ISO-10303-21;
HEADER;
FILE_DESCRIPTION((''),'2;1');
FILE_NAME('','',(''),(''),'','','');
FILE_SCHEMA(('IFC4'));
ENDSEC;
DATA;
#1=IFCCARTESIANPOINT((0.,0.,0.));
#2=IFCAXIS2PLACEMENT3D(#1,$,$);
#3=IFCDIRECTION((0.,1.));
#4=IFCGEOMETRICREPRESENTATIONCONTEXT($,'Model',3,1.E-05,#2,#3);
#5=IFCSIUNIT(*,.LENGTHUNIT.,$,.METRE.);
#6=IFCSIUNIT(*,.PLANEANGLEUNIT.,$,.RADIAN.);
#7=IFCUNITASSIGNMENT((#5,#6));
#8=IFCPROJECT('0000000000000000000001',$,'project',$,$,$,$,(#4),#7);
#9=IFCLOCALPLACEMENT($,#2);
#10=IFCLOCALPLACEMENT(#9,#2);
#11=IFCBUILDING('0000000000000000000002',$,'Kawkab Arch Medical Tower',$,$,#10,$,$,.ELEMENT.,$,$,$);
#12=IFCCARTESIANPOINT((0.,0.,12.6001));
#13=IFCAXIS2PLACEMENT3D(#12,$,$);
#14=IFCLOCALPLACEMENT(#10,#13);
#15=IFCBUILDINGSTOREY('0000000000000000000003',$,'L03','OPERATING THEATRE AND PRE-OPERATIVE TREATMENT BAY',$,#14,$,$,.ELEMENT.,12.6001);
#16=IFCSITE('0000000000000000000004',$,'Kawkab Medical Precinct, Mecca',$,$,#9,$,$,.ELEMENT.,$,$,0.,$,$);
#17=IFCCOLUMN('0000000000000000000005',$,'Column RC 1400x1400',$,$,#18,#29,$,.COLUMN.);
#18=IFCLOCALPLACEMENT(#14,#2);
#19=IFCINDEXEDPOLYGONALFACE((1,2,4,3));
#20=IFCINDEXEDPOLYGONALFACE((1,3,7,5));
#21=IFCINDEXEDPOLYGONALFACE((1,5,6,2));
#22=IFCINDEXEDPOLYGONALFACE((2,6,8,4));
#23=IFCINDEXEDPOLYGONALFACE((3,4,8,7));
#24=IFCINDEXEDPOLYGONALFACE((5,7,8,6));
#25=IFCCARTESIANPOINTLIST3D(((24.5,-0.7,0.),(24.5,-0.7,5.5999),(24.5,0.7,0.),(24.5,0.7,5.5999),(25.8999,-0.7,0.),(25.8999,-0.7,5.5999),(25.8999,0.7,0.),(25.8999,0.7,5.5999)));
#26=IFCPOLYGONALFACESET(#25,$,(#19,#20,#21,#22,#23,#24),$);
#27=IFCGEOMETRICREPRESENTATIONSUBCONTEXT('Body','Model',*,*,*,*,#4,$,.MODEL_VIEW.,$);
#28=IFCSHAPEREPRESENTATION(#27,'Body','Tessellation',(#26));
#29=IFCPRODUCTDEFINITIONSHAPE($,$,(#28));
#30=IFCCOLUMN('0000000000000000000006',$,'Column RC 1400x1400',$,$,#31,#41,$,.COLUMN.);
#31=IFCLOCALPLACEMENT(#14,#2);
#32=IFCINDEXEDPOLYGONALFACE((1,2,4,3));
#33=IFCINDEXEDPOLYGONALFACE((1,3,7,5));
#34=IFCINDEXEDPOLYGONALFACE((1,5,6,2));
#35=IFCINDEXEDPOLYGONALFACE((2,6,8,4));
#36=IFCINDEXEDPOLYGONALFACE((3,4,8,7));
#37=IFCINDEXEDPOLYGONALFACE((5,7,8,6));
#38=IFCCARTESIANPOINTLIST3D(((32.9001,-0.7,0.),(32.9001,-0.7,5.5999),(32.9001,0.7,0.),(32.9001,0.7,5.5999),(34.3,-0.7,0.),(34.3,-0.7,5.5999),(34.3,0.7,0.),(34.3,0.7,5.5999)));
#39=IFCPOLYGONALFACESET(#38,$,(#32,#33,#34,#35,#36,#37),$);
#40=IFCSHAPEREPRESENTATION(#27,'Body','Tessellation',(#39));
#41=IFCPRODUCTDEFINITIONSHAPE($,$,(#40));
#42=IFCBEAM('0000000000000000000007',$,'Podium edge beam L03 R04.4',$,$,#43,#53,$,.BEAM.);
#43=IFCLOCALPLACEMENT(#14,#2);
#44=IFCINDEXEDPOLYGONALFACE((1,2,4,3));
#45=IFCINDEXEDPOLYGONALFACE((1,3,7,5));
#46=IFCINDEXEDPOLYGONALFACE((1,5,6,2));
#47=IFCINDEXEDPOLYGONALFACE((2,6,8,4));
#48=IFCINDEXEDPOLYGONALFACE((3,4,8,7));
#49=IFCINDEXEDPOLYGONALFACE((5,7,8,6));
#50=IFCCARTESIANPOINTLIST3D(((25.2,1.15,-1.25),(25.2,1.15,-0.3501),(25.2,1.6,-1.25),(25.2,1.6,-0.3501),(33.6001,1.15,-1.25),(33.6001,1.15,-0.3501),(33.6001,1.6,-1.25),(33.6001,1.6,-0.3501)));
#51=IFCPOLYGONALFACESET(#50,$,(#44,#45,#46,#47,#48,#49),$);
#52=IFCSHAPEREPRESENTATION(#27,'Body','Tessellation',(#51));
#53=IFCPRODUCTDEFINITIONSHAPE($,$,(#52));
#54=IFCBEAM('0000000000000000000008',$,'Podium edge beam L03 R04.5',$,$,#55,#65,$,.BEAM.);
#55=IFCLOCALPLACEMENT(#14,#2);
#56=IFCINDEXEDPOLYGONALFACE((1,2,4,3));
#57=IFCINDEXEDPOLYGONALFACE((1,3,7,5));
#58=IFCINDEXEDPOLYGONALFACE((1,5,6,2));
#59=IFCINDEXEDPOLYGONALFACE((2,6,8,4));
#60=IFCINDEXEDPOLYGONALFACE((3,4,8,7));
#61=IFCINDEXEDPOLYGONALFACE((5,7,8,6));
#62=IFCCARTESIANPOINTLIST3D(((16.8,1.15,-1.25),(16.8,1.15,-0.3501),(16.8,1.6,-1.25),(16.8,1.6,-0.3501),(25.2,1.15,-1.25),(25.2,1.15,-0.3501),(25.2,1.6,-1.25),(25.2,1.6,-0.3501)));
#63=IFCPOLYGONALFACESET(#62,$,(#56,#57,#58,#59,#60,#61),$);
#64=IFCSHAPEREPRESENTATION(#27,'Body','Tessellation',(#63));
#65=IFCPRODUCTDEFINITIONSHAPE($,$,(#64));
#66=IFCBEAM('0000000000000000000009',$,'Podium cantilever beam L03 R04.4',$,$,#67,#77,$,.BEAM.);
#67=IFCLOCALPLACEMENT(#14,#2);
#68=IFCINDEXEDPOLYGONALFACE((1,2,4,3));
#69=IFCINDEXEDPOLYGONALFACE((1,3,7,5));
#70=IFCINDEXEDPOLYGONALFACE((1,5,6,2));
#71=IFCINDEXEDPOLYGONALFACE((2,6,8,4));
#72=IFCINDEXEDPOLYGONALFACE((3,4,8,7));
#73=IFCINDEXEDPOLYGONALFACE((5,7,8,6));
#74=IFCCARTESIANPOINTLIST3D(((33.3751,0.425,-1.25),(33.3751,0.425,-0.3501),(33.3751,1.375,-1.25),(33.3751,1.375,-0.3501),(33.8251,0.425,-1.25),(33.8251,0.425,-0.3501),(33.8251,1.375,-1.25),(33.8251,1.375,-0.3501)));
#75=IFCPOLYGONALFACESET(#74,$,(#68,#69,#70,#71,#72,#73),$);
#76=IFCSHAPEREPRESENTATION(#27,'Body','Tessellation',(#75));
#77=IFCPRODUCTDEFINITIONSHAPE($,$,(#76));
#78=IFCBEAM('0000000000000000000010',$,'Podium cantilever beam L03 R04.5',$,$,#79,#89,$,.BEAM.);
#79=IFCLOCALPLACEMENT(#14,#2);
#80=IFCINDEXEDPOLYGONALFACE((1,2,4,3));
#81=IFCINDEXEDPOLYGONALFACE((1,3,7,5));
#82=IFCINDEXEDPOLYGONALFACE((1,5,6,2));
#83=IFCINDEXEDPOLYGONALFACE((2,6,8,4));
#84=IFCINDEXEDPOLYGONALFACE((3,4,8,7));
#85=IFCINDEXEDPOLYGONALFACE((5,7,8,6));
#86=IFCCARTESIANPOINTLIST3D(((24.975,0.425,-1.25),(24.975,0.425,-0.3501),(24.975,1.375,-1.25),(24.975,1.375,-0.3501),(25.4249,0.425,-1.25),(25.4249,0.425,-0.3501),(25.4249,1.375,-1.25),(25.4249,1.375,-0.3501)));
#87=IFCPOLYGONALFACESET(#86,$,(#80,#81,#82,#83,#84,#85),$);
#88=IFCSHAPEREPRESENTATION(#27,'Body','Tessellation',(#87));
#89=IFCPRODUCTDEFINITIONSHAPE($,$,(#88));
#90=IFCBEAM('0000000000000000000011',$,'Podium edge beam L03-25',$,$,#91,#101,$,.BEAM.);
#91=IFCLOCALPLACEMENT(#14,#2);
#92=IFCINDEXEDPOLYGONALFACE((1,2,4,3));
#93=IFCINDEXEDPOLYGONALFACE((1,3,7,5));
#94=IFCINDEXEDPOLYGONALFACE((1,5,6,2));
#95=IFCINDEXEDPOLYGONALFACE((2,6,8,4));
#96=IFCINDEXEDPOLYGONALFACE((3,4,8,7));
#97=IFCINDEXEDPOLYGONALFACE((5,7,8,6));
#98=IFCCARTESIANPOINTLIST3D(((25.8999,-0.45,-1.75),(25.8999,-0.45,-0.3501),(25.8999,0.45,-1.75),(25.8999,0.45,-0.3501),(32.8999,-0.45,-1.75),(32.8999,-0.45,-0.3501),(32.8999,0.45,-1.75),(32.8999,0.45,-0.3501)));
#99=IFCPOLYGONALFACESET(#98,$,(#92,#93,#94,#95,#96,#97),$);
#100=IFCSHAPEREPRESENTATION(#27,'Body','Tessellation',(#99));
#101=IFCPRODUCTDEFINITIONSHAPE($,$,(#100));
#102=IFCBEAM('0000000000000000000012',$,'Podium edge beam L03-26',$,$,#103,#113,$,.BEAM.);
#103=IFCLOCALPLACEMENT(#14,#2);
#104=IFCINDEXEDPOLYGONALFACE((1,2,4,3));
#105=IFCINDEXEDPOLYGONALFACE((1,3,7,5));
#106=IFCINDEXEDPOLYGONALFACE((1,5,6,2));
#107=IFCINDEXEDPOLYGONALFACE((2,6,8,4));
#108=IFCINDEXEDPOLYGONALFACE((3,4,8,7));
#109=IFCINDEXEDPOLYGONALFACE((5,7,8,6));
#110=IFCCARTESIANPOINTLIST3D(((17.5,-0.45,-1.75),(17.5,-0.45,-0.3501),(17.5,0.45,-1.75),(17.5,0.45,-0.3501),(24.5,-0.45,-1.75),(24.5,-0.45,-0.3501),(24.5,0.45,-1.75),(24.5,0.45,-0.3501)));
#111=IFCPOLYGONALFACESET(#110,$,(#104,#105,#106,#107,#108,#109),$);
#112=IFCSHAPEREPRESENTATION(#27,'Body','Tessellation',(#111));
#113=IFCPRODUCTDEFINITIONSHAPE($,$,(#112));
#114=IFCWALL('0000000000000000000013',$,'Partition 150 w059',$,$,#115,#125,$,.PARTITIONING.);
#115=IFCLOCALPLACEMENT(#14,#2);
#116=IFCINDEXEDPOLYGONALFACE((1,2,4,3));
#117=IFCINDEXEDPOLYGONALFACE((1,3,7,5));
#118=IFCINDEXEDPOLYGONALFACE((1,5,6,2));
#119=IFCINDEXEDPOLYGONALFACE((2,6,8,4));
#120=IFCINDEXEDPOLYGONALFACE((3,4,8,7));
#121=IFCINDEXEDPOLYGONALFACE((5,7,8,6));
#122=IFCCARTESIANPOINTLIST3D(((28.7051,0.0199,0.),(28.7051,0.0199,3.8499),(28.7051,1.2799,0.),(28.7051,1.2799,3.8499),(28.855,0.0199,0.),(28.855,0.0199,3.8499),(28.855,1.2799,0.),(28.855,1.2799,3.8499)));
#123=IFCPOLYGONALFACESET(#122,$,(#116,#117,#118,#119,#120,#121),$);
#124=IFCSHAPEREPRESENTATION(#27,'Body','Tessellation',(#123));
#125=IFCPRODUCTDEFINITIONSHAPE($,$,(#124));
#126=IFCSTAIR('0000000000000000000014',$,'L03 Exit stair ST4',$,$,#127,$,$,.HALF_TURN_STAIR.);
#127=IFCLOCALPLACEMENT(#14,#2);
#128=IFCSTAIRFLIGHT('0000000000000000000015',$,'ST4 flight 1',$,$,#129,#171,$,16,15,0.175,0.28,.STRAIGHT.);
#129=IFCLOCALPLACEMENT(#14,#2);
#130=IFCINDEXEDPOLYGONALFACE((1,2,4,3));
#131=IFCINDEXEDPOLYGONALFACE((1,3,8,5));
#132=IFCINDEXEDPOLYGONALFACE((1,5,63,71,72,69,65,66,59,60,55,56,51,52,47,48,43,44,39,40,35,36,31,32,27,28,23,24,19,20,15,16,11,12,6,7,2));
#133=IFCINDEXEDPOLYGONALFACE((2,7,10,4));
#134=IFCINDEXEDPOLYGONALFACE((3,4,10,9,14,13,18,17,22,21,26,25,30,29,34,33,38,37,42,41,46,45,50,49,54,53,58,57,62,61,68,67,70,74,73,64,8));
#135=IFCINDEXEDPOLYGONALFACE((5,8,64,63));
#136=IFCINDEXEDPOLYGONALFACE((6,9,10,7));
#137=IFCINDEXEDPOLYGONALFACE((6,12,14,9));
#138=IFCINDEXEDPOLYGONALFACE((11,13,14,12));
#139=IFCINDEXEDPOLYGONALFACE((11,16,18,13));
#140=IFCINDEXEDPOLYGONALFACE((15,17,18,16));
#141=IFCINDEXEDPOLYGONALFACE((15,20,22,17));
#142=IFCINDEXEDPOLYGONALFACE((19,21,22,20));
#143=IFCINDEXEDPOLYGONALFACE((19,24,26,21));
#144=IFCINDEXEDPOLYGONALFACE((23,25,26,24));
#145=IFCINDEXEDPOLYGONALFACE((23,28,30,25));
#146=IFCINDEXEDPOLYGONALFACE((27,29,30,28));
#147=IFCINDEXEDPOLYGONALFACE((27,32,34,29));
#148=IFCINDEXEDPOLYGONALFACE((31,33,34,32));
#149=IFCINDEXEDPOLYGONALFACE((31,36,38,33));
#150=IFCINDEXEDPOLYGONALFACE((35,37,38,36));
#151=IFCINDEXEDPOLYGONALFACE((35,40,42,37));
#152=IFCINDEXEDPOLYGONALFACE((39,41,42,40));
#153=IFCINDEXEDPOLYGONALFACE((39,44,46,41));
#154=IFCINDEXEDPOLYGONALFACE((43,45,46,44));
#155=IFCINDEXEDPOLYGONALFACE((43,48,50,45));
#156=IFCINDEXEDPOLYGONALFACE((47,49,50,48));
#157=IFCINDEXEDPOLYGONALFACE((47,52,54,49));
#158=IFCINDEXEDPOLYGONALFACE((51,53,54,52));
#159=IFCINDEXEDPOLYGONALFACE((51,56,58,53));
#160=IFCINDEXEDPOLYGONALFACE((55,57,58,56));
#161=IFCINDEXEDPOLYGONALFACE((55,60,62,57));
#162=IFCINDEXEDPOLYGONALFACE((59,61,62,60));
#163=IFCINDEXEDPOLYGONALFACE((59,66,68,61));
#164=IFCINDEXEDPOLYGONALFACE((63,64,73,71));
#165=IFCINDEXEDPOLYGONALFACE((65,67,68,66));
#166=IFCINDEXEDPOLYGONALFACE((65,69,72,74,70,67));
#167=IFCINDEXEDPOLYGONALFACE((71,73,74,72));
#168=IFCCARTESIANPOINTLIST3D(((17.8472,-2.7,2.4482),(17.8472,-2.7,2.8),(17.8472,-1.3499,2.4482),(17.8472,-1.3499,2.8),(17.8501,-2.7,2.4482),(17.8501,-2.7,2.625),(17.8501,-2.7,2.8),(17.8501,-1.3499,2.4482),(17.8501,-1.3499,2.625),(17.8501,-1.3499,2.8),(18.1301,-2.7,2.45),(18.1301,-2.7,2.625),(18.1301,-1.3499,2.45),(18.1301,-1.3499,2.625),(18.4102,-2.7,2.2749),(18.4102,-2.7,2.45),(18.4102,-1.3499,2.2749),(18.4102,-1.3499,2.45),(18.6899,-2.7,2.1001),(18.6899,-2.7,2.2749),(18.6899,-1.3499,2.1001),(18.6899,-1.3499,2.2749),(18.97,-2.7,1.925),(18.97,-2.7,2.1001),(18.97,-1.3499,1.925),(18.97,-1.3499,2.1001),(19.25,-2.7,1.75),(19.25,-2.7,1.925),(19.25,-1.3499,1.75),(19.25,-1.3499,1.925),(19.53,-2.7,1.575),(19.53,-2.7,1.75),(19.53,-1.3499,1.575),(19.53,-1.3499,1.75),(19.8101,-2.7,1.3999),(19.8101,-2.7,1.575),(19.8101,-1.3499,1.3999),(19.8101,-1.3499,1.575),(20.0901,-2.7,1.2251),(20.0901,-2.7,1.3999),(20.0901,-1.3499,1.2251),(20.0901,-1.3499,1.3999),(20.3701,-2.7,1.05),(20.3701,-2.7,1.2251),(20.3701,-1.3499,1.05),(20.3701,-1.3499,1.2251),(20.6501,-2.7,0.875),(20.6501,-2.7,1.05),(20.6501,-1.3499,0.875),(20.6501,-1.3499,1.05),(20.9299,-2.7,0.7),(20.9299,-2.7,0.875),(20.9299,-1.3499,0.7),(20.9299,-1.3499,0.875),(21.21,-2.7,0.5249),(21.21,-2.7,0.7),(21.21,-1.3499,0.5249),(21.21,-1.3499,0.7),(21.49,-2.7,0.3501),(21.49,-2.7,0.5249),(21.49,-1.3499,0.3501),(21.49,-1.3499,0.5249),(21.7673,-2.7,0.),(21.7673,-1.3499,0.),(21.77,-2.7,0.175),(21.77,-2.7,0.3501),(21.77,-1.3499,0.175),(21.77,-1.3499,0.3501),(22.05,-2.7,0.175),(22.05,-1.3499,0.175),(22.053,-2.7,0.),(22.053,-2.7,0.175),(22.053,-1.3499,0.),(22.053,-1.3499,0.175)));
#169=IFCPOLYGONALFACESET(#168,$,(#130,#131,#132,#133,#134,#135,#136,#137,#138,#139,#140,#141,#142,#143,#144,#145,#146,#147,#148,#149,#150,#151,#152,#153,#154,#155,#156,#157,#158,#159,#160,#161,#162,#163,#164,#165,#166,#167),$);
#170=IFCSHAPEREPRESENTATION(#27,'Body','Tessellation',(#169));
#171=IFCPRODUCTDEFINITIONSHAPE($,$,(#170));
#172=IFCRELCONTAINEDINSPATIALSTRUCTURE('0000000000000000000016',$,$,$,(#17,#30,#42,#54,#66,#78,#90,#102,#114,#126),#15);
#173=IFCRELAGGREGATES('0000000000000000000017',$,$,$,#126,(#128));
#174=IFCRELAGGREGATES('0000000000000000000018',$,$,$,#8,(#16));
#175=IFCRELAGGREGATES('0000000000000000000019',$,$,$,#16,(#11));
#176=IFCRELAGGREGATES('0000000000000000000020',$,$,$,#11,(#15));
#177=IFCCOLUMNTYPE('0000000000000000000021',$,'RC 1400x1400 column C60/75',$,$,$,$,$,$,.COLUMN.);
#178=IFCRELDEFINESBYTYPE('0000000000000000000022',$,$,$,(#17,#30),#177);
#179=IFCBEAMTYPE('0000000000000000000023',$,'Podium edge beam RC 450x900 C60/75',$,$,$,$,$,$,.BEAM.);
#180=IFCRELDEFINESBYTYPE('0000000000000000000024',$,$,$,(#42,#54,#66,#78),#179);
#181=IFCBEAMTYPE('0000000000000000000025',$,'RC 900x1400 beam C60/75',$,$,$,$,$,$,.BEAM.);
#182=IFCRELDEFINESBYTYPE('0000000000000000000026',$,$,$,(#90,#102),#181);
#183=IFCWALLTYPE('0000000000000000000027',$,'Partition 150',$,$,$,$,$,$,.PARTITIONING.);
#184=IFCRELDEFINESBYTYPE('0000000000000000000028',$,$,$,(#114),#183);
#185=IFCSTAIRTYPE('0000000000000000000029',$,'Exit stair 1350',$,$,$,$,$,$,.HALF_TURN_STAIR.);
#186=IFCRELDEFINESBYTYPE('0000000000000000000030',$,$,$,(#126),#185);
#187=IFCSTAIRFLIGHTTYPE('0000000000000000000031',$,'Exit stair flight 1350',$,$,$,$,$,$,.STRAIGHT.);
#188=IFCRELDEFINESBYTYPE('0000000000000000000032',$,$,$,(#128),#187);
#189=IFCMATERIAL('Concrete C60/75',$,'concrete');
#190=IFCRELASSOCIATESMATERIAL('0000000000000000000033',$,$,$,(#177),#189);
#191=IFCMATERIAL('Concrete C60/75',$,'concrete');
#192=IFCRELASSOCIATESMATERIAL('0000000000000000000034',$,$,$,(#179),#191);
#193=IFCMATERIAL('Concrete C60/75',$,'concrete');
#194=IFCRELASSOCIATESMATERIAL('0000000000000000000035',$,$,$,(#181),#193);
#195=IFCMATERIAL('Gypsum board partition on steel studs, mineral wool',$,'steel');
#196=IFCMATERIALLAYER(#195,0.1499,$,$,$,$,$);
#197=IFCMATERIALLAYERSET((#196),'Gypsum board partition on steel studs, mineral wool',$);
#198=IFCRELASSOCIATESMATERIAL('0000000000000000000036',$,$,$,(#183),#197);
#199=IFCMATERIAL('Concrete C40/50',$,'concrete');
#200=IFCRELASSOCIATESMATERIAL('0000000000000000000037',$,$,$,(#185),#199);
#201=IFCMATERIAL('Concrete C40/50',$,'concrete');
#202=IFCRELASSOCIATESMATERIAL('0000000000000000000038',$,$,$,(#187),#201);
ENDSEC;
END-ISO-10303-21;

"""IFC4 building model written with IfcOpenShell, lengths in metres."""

from ifc_helpers import new_model, si_unit, direction, frame, frame_2d, origin, origin_2d, place, context, subcontext, project, spatial, polyline, rectangle, outline, extrude, material, layer, layer_set, material_profile, profile_set, type_object, element, aggregate, save


model = new_model("IFC4")

# Units and contexts
model_context = context("Model", 3, precision=1e-05, world=origin(), true_north=direction((0.0, 1.0)))
body_context = subcontext(model_context, "Body", "Model", "MODEL_VIEW")
ifc_project = project(units=[si_unit("LENGTHUNIT", "METRE"), si_unit("PLANEANGLEUNIT", "RADIAN")], contexts=[model_context])

# Site, building, storey
site_placement = place(None, origin())
site = spatial("IfcSite", under=ifc_project, at=site_placement, Name="Kawkab Medical Precinct, Mecca", CompositionType="ELEMENT", RefElevation=0.0)
building_placement = place(site_placement, origin())
building = spatial("IfcBuilding", under=site, at=building_placement, Name="Kawkab Arch Medical Tower", CompositionType="ELEMENT")
storey_placement = place(building_placement, frame((0.0, 0.0, 12.6001)))
storey = spatial("IfcBuildingStorey", under=building, at=storey_placement, Name="L03", Description="OPERATING THEATRE AND PRE-OPERATIVE TREATMENT BAY", CompositionType="ELEMENT", Elevation=12.6001)

# Columns
ifc_material_1 = material(Name="Concrete C60/75", Category="concrete")
ifc_material_profile_1 = material_profile(ifc_material_1, rectangle(XDim=1.3999, YDim=1.3999, at=origin_2d()), Name="RC 1400x1400")
ifc_profile_set_1 = profile_set([ifc_material_profile_1], Name="Concrete C60/75")
column_type = type_object("IfcColumnType", Name="RC 1400x1400 column C60/75", PredefinedType="COLUMN", material=ifc_profile_set_1)
for number, where, z_axis, x_axis, name in (
    (1, (25.2, 0.0, 0.0), (0.0, 0.0, 1.0), (1.0, 0.0, 0.0), "Column RC 1400x1400"),
    (2, (33.6001, 0.0, 0.0), (0.0, 0.0, 1.0), (1.0, 0.0, 0.0), "Column RC 1400x1400"),
):
    element("IfcColumn", number, at=place(storey_placement, frame(where, z_axis=z_axis, x_axis=x_axis)), inside=storey, type_object=column_type, Name=name, PredefinedType="COLUMN", context=body_context, shape_type="SweptSolid", body=[
        extrude(rectangle(XDim=1.3999, YDim=1.3999, at=origin_2d()), origin(), (0.0, 0.0, 1.0), 5.5999),
    ])

# Beams
ifc_material_2 = material(Name="Concrete C60/75", Category="concrete")
ifc_material_profile_2 = material_profile(ifc_material_2, rectangle(XDim=0.45, YDim=0.8999, at=origin_2d()), Name="RC 450x900")
ifc_profile_set_2 = profile_set([ifc_material_profile_2], Name="Concrete C60/75")
beam_type_1 = type_object("IfcBeamType", Name="Podium edge beam RC 450x900 C60/75", PredefinedType="BEAM", material=ifc_profile_set_2)
beam_1_placement = place(storey_placement, frame((33.6001, 1.375, -0.8), z_axis=(-1.0, 0.0, 0.0), x_axis=(0.0, -1.0, 0.0)))
element("IfcBeam", 3, at=beam_1_placement, inside=storey, type_object=beam_type_1, Name="Podium edge beam L03 R04.4", PredefinedType="BEAM", context=body_context, shape_type="SweptSolid", body=[
    extrude(rectangle(XDim=0.45, YDim=0.8999, at=origin_2d()), origin(), (0.0, 0.0, 1.0), 8.4001),
])
beam_2_placement = place(storey_placement, frame((25.2, 1.375, -0.8), z_axis=(-1.0, 0.0, 0.0), x_axis=(0.0, -1.0, 0.0)))
element("IfcBeam", 4, at=beam_2_placement, inside=storey, type_object=beam_type_1, Name="Podium edge beam L03 R04.5", PredefinedType="BEAM", context=body_context, shape_type="SweptSolid", body=[
    extrude(rectangle(XDim=0.45, YDim=0.8999, at=origin_2d()), origin(), (0.0, 0.0, 1.0), 8.3999),
])
for number, where, z_axis, x_axis, name in (
    (5, (33.6001, 0.425, -0.8), (0.0, 1.0, 0.0), (-1.0, 0.0, 0.0), "Podium cantilever beam L03 R04.4"),
    (6, (25.2, 0.425, -0.8), (0.0, 1.0, 0.0), (-1.0, 0.0, 0.0), "Podium cantilever beam L03 R04.5"),
):
    element("IfcBeam", number, at=place(storey_placement, frame(where, z_axis=z_axis, x_axis=x_axis)), inside=storey, type_object=beam_type_1, Name=name, PredefinedType="BEAM", context=body_context, shape_type="SweptSolid", body=[
        extrude(rectangle(XDim=0.45, YDim=0.8999, at=origin_2d()), origin(), (0.0, 0.0, 1.0), 0.95),
    ])
ifc_material_3 = material(Name="Concrete C60/75", Category="concrete")
ifc_material_profile_3 = material_profile(ifc_material_3, rectangle(XDim=0.8999, YDim=1.3999, at=origin_2d()), Name="RC 900x1400")
ifc_profile_set_3 = profile_set([ifc_material_profile_3], Name="Concrete C60/75")
beam_type_2 = type_object("IfcBeamType", Name="RC 900x1400 beam C60/75", PredefinedType="BEAM", material=ifc_profile_set_3)
for number, where, z_axis, x_axis, name in (
    (7, (32.8999, 0.0, -1.05), (-1.0, 0.0, 0.0), (0.0, -1.0, 0.0), "Podium edge beam L03-25"),
    (8, (24.5, 0.0, -1.05), (-1.0, 0.0, 0.0), (0.0, -1.0, 0.0), "Podium edge beam L03-26"),
):
    element("IfcBeam", number, at=place(storey_placement, frame(where, z_axis=z_axis, x_axis=x_axis)), inside=storey, type_object=beam_type_2, Name=name, PredefinedType="BEAM", context=body_context, shape_type="SweptSolid", body=[
        extrude(rectangle(XDim=0.8999, YDim=1.3999, at=origin_2d()), origin(), (0.0, 0.0, 1.0), 7.0),
    ])

# Wall
ifc_material_4 = material(Name="Gypsum board partition on steel studs, mineral wool", Category="steel")
ifc_layer = layer(ifc_material_4, 0.1499)
ifc_layer_set = layer_set([ifc_layer], Name="Gypsum board partition on steel studs, mineral wool")
wall_type = type_object("IfcWallType", Name="Partition 150", PredefinedType="PARTITIONING", material=ifc_layer_set)
wall_placement = place(storey_placement, frame((28.78, 0.02, 0.0), z_axis=(0.0, 0.0, 1.0), x_axis=(0.0, 1.0, 0.0)))
element("IfcWall", 9, at=wall_placement, inside=storey, type_object=wall_type, Name="Partition 150 w059", PredefinedType="PARTITIONING", context=body_context, shape_type="SweptSolid", body=[
    extrude(rectangle(XDim=1.26, YDim=0.1499, at=frame_2d((0.6299, 0.0))), origin(), (0.0, 0.0, 1.0), 3.8499),
])

# Stair, stair flight
ifc_material_5 = material(Name="Concrete C40/50", Category="concrete")
stair_type = type_object("IfcStairType", Name="Exit stair 1350", PredefinedType="HALF_TURN_STAIR", material=ifc_material_5)
stair_placement = place(storey_placement, origin())
stair = element("IfcStair", 10, at=stair_placement, inside=storey, type_object=stair_type, Name="L03 Exit stair ST4", PredefinedType="HALF_TURN_STAIR")
ifc_material_6 = material(Name="Concrete C40/50", Category="concrete")
stair_flight_type = type_object("IfcStairFlightType", Name="Exit stair flight 1350", PredefinedType="STRAIGHT", material=ifc_material_6)
stair_flight_placement = place(storey_placement, frame((22.05, -2.0249, 0.0), z_axis=(0.0, 0.0, 1.0), x_axis=(-1.0, 0.0, 0.0)))
stair_flight = element("IfcStairFlight", 11, at=stair_flight_placement, type_object=stair_flight_type, Name="ST4 flight 1", NumberOfRisers=16, NumberOfTreads=15, PredefinedType="STRAIGHT", RiserHeight=0.175, TreadLength=0.28, context=body_context, shape_type="SweptSolid", body=[
    extrude(outline(polyline([(-0.0029, 0.0), (-0.0029, 0.175), (0.0, 0.175), (0.28, 0.175), (0.28, 0.3501), (0.5601, 0.3501), (0.5601, 0.5249), (0.8401, 0.5249), (0.8401, 0.7), (1.1201, 0.7), (1.1201, 0.875), (1.3999, 0.875), (1.3999, 1.05), (1.6799, 1.05), (1.6799, 1.2251), (1.96, 1.2251), (1.96, 1.3999), (2.24, 1.3999), (2.24, 1.575), (2.52, 1.575), (2.52, 1.75), (2.8, 1.75), (2.8, 1.925), (3.0801, 1.925), (3.0801, 2.1001), (3.3601, 2.1001), (3.3601, 2.2749), (3.6399, 2.2749), (3.6399, 2.45), (3.9199, 2.45), (3.9199, 2.625), (4.2, 2.625), (4.2, 2.8), (4.2029, 2.8), (4.2029, 2.4482), (4.2, 2.4482), (0.2827, 0.0), (-0.0029, 0.0)])), frame((0.0, 0.675, 0.0), z_axis=(0.0, -1.0, 0.0), x_axis=(1.0, 0.0, 0.0)), (0.0, 0.0, 1.0), 1.3501),
])
aggregate(stair, [stair_flight])

save(model, "model.ifc")
